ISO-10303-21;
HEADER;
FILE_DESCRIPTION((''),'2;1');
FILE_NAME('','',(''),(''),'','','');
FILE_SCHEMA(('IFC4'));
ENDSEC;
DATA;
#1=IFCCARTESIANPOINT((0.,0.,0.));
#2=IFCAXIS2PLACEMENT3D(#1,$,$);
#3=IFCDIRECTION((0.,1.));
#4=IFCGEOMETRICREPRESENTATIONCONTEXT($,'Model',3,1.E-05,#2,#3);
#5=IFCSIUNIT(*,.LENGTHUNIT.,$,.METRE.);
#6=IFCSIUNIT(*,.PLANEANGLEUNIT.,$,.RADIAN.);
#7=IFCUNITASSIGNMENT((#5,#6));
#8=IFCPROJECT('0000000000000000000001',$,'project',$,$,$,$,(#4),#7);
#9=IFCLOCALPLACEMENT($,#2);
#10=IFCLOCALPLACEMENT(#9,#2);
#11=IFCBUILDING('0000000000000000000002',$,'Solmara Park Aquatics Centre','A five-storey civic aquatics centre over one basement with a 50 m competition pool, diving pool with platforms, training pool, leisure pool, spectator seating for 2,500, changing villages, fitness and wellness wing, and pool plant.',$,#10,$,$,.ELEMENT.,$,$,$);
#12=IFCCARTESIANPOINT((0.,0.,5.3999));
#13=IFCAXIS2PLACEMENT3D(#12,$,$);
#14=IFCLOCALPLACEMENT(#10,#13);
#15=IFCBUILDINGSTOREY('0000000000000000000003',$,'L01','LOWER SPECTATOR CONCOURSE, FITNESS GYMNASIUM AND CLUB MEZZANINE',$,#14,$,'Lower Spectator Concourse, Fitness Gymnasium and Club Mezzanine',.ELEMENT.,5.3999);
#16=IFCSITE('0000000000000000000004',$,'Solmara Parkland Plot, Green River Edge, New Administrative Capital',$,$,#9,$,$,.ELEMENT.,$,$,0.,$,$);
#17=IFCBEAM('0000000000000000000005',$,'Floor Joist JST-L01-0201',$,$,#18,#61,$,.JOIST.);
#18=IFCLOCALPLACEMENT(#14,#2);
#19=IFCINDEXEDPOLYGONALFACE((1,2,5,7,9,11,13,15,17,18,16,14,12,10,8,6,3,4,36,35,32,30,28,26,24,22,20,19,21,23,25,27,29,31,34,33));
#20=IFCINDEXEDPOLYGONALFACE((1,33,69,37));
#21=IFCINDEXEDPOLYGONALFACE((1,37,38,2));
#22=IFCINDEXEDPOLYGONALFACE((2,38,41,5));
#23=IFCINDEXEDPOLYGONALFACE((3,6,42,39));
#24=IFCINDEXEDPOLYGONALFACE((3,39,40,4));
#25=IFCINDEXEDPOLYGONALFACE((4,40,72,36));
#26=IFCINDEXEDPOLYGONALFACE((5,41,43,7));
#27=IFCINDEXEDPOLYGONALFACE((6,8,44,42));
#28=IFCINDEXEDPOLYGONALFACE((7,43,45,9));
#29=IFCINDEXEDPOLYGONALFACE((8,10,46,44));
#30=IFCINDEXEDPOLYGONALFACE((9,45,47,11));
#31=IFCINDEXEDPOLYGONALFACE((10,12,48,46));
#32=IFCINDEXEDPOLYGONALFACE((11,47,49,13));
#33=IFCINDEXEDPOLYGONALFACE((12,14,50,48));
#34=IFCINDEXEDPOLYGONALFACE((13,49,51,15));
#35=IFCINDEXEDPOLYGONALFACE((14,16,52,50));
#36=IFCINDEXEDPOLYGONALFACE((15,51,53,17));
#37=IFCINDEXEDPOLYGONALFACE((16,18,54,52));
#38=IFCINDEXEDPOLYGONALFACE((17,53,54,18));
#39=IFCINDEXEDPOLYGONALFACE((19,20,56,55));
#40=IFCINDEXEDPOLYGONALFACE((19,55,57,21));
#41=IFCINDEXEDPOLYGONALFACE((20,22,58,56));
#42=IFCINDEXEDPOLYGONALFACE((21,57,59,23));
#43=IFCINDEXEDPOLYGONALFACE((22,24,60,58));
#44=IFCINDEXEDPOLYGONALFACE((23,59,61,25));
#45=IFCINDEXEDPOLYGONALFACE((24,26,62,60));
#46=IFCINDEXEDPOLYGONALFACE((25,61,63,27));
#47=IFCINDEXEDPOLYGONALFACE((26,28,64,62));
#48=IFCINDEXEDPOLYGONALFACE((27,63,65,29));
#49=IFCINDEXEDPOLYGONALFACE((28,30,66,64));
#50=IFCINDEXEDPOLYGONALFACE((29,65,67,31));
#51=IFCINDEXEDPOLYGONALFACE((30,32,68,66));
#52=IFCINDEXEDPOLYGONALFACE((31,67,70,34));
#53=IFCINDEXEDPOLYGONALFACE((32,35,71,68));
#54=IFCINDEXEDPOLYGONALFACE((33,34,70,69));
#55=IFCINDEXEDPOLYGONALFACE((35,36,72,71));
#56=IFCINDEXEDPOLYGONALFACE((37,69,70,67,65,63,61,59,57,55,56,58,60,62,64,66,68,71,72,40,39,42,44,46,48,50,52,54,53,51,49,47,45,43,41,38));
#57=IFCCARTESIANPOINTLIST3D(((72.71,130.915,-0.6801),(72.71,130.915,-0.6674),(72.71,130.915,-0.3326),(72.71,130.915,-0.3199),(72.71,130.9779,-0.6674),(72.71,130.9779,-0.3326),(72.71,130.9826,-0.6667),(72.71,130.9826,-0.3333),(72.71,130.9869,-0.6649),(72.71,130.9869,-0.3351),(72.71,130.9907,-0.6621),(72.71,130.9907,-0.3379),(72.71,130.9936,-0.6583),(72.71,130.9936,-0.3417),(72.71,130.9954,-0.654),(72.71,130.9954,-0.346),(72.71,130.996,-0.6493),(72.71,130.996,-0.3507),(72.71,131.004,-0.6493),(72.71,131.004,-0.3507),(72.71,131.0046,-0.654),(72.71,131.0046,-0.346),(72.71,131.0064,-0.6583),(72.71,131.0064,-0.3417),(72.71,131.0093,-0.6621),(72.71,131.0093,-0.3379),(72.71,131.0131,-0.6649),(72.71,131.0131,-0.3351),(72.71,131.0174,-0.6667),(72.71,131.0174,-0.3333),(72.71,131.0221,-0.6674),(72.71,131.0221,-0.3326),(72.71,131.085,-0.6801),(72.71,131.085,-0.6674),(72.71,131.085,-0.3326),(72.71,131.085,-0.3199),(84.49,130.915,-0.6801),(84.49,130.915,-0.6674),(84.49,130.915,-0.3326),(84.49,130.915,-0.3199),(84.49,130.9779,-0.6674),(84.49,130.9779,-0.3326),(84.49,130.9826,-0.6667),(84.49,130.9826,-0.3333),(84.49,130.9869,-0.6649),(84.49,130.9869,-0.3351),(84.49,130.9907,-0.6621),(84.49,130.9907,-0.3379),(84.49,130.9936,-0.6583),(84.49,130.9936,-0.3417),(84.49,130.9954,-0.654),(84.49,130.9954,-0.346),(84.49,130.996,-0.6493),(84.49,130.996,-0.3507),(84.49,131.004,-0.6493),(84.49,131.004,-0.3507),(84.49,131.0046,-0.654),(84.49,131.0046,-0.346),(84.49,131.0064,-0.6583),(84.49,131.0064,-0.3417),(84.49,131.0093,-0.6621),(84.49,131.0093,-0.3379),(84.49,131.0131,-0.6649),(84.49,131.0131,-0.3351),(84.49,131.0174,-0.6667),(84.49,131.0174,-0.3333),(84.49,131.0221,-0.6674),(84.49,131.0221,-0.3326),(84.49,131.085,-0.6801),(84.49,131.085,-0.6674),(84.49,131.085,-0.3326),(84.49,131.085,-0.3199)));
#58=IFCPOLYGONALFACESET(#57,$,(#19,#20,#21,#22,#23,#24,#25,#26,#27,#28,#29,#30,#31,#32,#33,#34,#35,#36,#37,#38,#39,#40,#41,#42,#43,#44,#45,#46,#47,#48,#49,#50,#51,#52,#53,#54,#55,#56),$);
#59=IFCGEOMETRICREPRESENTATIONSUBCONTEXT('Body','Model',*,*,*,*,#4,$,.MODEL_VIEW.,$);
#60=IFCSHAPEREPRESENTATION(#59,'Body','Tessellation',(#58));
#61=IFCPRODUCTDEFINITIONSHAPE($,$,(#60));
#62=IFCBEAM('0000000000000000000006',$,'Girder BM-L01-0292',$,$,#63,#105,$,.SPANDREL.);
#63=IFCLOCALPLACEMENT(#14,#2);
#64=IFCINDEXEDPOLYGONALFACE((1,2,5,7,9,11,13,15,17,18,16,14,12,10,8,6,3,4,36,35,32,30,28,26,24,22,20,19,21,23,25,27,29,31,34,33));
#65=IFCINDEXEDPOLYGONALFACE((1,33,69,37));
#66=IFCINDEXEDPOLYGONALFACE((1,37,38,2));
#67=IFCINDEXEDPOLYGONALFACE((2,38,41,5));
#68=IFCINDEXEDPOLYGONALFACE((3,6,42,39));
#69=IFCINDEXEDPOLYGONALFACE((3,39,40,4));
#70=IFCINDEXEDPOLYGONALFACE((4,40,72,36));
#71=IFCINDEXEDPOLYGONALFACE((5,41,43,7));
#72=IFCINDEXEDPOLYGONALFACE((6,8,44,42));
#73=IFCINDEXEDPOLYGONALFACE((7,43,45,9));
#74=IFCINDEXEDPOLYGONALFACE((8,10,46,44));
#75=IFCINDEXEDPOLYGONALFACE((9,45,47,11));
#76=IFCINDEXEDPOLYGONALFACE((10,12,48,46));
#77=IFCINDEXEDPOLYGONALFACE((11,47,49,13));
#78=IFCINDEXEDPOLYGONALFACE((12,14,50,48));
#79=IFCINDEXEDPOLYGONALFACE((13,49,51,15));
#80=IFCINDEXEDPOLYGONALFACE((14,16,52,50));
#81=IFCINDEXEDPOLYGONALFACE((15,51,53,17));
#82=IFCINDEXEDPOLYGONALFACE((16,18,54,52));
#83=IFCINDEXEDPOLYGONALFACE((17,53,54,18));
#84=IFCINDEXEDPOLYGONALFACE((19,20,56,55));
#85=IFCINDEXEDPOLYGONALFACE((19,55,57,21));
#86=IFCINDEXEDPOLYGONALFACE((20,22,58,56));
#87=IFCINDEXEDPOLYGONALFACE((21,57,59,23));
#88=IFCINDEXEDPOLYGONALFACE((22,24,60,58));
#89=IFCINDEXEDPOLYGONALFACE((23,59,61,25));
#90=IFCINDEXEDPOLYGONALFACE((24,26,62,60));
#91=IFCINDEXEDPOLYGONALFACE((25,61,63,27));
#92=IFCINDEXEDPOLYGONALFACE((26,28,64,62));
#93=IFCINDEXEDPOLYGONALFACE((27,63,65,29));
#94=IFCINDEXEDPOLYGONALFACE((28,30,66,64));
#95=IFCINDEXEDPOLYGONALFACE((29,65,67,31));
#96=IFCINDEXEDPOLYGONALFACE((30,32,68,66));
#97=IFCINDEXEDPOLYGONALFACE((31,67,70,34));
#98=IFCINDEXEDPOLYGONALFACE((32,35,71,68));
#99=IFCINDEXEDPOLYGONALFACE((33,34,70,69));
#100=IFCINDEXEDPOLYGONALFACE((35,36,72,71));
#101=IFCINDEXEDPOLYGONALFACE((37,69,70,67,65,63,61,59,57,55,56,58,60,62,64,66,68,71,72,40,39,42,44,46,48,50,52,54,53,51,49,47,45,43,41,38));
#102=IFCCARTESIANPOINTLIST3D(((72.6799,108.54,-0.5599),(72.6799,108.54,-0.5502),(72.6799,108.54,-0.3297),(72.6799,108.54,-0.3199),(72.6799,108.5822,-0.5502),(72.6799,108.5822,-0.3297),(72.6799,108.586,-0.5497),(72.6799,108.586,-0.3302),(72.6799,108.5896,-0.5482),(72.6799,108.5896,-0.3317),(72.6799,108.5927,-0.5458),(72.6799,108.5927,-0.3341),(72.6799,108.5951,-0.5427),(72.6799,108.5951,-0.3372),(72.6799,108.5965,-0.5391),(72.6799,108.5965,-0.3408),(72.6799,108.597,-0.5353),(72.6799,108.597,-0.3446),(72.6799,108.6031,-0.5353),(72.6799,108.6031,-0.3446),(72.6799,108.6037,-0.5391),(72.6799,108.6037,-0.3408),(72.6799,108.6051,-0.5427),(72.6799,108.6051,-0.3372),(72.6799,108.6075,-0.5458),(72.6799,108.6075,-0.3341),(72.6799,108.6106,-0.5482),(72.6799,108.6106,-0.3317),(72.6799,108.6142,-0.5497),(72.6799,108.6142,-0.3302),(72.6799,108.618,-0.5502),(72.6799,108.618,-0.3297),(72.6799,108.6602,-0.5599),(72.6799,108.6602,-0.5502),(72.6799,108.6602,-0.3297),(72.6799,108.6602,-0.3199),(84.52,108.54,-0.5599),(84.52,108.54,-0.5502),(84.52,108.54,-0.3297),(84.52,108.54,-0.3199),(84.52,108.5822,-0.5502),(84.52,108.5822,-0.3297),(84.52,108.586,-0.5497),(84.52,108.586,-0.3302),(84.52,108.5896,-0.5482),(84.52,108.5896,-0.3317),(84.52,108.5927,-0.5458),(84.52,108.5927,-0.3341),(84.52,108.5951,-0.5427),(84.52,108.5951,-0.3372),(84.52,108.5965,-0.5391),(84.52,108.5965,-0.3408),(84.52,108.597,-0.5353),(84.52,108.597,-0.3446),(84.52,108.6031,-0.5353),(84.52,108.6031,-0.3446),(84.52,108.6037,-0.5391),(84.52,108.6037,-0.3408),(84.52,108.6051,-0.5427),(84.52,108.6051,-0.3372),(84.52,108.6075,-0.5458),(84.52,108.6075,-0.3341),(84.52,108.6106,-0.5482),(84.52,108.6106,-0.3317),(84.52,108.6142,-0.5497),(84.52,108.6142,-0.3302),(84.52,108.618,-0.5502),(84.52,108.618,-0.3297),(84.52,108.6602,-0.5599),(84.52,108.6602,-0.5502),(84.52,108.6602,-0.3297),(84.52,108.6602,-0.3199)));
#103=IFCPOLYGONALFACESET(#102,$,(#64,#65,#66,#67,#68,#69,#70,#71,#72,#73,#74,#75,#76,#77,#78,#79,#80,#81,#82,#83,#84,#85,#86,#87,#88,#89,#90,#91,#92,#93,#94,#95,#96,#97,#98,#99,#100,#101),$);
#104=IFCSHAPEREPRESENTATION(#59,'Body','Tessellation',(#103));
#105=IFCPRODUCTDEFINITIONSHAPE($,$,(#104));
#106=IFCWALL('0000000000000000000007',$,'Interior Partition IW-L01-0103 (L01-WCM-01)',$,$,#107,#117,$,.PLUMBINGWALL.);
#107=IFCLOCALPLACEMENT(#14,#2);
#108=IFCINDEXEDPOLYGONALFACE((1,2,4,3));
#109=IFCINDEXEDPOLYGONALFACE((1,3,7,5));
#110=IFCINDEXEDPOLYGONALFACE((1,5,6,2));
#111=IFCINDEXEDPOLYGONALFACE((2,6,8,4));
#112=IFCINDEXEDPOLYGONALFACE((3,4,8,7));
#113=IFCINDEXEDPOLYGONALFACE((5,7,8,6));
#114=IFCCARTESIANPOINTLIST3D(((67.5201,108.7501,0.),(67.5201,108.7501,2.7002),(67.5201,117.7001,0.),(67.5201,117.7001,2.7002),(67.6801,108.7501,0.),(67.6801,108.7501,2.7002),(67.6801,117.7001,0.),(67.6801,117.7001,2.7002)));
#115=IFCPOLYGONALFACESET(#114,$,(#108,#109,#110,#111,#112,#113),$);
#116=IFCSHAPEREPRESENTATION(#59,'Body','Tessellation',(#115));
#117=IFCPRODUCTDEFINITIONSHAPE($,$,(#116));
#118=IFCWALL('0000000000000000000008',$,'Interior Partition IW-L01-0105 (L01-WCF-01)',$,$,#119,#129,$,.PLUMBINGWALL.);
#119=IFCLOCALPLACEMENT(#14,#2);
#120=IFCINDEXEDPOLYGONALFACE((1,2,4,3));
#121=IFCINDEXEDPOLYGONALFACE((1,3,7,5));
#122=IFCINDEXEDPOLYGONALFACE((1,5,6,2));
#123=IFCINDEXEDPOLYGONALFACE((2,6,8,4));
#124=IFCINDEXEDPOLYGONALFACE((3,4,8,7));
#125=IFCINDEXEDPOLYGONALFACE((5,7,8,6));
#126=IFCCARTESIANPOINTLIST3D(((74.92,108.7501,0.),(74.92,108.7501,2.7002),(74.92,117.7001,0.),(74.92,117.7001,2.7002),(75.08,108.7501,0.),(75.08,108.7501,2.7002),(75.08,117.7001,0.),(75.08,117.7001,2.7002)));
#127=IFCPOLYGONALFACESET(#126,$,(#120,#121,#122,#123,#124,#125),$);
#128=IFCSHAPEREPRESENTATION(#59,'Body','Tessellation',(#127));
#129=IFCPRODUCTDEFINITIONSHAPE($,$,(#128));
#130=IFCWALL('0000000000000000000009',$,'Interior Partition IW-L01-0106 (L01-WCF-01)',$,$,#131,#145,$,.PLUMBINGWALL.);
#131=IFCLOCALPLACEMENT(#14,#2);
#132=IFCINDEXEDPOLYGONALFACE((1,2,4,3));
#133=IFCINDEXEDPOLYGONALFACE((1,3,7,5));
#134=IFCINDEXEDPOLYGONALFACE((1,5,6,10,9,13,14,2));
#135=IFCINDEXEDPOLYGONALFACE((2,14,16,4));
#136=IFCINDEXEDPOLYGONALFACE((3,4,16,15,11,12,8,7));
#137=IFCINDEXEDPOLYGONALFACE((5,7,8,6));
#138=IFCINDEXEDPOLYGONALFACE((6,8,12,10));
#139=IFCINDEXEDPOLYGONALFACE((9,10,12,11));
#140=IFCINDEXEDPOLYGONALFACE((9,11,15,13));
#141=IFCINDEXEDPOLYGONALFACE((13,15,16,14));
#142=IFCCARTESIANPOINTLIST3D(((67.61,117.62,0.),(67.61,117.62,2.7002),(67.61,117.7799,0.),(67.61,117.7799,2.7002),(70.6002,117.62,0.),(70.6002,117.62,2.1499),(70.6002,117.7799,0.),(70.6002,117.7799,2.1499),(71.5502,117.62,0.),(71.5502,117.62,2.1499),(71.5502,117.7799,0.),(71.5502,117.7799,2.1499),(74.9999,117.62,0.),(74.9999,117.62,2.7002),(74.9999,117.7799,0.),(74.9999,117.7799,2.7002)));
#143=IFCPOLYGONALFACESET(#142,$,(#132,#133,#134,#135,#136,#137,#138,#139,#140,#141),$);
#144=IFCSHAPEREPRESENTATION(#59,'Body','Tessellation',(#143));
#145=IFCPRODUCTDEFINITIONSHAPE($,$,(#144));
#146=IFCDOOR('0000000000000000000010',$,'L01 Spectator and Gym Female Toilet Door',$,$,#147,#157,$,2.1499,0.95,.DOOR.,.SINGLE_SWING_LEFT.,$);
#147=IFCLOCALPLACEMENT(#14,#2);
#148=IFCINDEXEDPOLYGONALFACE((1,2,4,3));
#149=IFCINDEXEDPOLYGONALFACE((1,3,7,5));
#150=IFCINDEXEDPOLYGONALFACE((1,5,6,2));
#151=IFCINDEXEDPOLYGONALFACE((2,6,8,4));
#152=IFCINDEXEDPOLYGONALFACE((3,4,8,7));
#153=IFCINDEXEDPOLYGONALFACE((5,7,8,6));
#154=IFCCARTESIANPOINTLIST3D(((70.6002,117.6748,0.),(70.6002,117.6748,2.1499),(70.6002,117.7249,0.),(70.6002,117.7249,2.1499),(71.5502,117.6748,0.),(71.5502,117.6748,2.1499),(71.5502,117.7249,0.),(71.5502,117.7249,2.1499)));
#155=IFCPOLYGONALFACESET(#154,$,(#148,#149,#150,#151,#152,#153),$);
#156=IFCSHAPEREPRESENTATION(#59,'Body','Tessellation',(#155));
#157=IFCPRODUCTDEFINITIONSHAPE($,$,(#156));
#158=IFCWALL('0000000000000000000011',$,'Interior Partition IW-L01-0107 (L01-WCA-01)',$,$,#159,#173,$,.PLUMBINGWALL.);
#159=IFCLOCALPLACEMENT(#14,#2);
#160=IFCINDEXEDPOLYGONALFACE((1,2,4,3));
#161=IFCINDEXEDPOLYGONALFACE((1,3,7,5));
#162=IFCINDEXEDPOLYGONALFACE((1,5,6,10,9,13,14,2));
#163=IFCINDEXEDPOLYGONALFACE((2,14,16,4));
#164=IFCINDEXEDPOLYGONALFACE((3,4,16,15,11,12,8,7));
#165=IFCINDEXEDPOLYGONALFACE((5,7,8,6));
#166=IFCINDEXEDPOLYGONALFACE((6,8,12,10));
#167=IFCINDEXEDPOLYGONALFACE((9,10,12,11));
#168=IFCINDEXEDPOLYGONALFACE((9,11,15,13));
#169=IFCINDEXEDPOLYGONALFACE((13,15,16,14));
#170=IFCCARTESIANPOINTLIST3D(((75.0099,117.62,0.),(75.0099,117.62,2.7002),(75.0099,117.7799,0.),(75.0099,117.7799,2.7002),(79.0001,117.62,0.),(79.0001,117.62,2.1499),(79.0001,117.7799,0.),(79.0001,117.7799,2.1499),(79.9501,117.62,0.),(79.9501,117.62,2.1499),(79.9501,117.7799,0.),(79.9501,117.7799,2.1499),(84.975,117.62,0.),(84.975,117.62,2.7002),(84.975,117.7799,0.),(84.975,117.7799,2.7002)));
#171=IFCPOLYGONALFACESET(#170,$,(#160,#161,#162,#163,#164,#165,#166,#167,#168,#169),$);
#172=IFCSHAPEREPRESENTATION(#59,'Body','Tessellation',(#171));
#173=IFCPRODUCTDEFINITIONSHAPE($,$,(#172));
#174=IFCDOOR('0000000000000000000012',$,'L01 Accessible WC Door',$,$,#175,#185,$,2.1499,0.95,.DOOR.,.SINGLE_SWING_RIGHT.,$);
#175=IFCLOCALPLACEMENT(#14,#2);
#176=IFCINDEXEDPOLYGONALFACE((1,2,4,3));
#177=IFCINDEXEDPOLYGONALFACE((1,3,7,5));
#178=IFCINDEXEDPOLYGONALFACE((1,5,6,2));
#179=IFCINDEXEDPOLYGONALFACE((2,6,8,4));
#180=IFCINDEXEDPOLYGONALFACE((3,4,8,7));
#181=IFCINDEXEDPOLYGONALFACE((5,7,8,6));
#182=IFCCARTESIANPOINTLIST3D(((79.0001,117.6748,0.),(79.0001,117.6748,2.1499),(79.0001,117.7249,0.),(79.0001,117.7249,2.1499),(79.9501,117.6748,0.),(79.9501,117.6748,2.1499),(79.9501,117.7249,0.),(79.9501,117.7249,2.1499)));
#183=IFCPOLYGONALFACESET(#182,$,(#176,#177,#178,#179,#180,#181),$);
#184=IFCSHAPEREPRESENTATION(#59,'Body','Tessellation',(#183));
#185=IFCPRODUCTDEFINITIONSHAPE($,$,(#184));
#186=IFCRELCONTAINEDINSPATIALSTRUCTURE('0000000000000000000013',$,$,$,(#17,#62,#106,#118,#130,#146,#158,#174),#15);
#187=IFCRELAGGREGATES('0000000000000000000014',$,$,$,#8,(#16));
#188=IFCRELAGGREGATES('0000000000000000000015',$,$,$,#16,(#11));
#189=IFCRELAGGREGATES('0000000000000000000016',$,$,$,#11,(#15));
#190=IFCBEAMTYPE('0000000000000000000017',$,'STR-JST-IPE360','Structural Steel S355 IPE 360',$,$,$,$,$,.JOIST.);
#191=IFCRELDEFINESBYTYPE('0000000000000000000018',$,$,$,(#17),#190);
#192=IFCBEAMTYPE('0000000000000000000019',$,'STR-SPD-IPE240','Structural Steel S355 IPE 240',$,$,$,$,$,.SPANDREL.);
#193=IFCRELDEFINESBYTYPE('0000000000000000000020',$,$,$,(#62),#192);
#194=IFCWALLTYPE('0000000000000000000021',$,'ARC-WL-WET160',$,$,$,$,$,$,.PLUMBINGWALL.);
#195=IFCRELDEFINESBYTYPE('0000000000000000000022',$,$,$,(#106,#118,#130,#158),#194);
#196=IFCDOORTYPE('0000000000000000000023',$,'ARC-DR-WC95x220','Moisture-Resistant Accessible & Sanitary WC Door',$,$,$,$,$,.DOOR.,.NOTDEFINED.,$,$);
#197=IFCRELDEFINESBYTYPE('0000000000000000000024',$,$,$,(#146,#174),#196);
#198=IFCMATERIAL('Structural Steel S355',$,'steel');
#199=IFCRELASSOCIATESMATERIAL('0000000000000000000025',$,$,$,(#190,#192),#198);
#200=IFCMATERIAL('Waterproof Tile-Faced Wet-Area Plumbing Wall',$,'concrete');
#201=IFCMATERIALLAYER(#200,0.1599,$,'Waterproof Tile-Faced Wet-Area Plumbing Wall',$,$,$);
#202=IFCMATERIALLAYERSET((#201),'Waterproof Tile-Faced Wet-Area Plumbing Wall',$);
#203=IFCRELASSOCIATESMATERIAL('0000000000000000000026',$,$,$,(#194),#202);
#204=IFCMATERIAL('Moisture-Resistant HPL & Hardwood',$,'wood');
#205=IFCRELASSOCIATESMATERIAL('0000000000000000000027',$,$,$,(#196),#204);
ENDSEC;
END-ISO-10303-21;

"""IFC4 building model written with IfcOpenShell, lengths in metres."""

from ifc_helpers import new_model, si_unit, direction, frame, frame_2d, origin, origin_2d, place, context, subcontext, project, spatial, rectangle, i_section, extrude, material, layer, layer_set, material_profile, profile_set, type_object, element, fill, save


model = new_model("IFC4")

# Units and contexts
model_context = context("Model", 3, precision=1e-05, world=origin(), true_north=direction((0.0, 1.0)))
body_context = subcontext(model_context, "Body", "Model", "MODEL_VIEW")
ifc_project = project(units=[si_unit("LENGTHUNIT", "METRE"), si_unit("PLANEANGLEUNIT", "RADIAN")], contexts=[model_context])

# Site, building, storey
site_placement = place(None, origin())
site = spatial("IfcSite", under=ifc_project, at=site_placement, Name="Solmara Parkland Plot, Green River Edge, New Administrative Capital", CompositionType="ELEMENT", RefElevation=0.0)
building_placement = place(site_placement, origin())
building = spatial("IfcBuilding", under=site, at=building_placement, Name="Solmara Park Aquatics Centre", Description="A five-storey civic aquatics centre over one basement with a 50 m competition pool, diving pool with platforms, training pool, leisure pool, spectator seating for 2,500, changing villages, fitness and wellness wing, and pool plant.", CompositionType="ELEMENT")
storey_placement = place(building_placement, frame((0.0, 0.0, 5.3999)))
storey = spatial("IfcBuildingStorey", under=building, at=storey_placement, Name="L01", Description="LOWER SPECTATOR CONCOURSE, FITNESS GYMNASIUM AND CLUB MEZZANINE", LongName="Lower Spectator Concourse, Fitness Gymnasium and Club Mezzanine", CompositionType="ELEMENT", Elevation=5.3999)

# Shared definitions
ifc_material_1 = material(Name="Structural Steel S355", Category="steel")

# Beams
ifc_material_profile_1 = material_profile(ifc_material_1, i_section(OverallWidth=0.1699, OverallDepth=0.3601, WebThickness=0.0081, FlangeThickness=0.0127, FilletRadius=0.0181, at=origin_2d()), Name="IPE 360")
ifc_profile_set_1 = profile_set([ifc_material_profile_1], Name="Structural Steel S355")
beam_type_1 = type_object("IfcBeamType", Name="STR-JST-IPE360", Description="Structural Steel S355 IPE 360", PredefinedType="JOIST", material=ifc_profile_set_1)
for number, where, z_axis, x_axis, name in (
    (1, (72.71, 131.0, -0.5), (1.0, 0.0, 0.0), (0.0, 1.0, 0.0), "Floor Joist JST-L01-0201"),
):
    element("IfcBeam", number, at=place(storey_placement, frame(where, z_axis=z_axis, x_axis=x_axis)), inside=storey, type_object=beam_type_1, Name=name, PredefinedType="JOIST", context=body_context, shape_type="SweptSolid", body=[
        extrude(i_section(OverallWidth=0.1699, OverallDepth=0.3601, WebThickness=0.0081, FlangeThickness=0.0127, FilletRadius=0.0181, at=origin_2d()), origin(), (0.0, 0.0, 1.0), 11.78),
    ])
ifc_material_profile_2 = material_profile(ifc_material_1, i_section(OverallWidth=0.1201, OverallDepth=0.24, WebThickness=0.0061, FlangeThickness=0.0098, FilletRadius=0.0149, at=origin_2d()), Name="IPE 240")
ifc_profile_set_2 = profile_set([ifc_material_profile_2], Name="Structural Steel S355")
beam_type_2 = type_object("IfcBeamType", Name="STR-SPD-IPE240", Description="Structural Steel S355 IPE 240", PredefinedType="SPANDREL", material=ifc_profile_set_2)
beam_1_placement = place(storey_placement, frame((72.6799, 108.6001, -0.4399), z_axis=(1.0, 0.0, 0.0), x_axis=(0.0, 1.0, 0.0)))
element("IfcBeam", 2, at=beam_1_placement, inside=storey, type_object=beam_type_2, Name="Girder BM-L01-0292", PredefinedType="SPANDREL", context=body_context, shape_type="SweptSolid", body=[
    extrude(i_section(OverallWidth=0.1201, OverallDepth=0.24, WebThickness=0.0061, FlangeThickness=0.0098, FilletRadius=0.0149, at=origin_2d()), origin(), (0.0, 0.0, 1.0), 11.8401),
])

# Walls
ifc_material_2 = material(Name="Waterproof Tile-Faced Wet-Area Plumbing Wall", Category="concrete")
ifc_layer_1 = layer(ifc_material_2, 0.1599, Name="Waterproof Tile-Faced Wet-Area Plumbing Wall")
ifc_layer_set_1 = layer_set([ifc_layer_1], Name="Waterproof Tile-Faced Wet-Area Plumbing Wall")
wall_type = type_object("IfcWallType", Name="ARC-WL-WET160", PredefinedType="PLUMBINGWALL", material=ifc_layer_set_1)
for number, where, z_axis, x_axis, name in (
    (3, (67.6001, 108.75, 0.0), (0.0, 0.0, 1.0), (0.0, 1.0, 0.0), "Interior Partition IW-L01-0103 (L01-WCM-01)"),
    (4, (75.0, 108.75, 0.0), (0.0, 0.0, 1.0), (0.0, 1.0, 0.0), "Interior Partition IW-L01-0105 (L01-WCF-01)"),
):
    element("IfcWall", number, at=place(storey_placement, frame(where, z_axis=z_axis, x_axis=x_axis)), inside=storey, type_object=wall_type, Name=name, PredefinedType="PLUMBINGWALL", context=body_context, shape_type="SweptSolid", body=[
        extrude(rectangle(XDim=8.95, YDim=0.1599, at=frame_2d((4.4751, 0.0))), origin(), (0.0, 0.0, 1.0), 2.7002),
    ])

# Walls, openings, doors
wall_1_placement = place(storey_placement, frame((67.6101, 117.7, 0.0), z_axis=(0.0, 0.0, 1.0), x_axis=(1.0, 0.0, 0.0)))
wall_1 = element("IfcWall", 5, at=wall_1_placement, inside=storey, type_object=wall_type, Name="Interior Partition IW-L01-0106 (L01-WCF-01)", PredefinedType="PLUMBINGWALL", context=body_context, shape_type="SweptSolid", body=[
    extrude(rectangle(XDim=7.3899, YDim=0.1599, at=frame_2d((3.6948, 0.0))), origin(), (0.0, 0.0, 1.0), 2.7002),
])
opening_1_placement = place(wall_1_placement, frame((2.99, 0.0, 0.0)))
opening_1 = element("IfcOpeningElement", 6, at=opening_1_placement, cuts=wall_1, PredefinedType="OPENING", context=body_context, shape_type="SweptSolid", body=[
    extrude(rectangle(XDim=0.95, YDim=2.1499, at=frame_2d((0.4751, 1.075))), frame((0.0, 0.0898, 0.0), z_axis=(0.0, -1.0, 0.0), x_axis=(1.0, 0.0, 0.0)), (0.0, 0.0, 1.0), 0.1799),
])
ifc_material_3 = material(Name="Moisture-Resistant HPL & Hardwood", Category="wood")
door_type = type_object("IfcDoorType", Name="ARC-DR-WC95x220", Description="Moisture-Resistant Accessible & Sanitary WC Door", OperationType="NOTDEFINED", PredefinedType="DOOR", material=ifc_material_3)
door_1_placement = place(opening_1_placement, origin())
door_1 = element("IfcDoor", 7, at=door_1_placement, inside=storey, type_object=door_type, Name="L01 Spectator and Gym Female Toilet Door", OperationType="SINGLE_SWING_LEFT", OverallHeight=2.1499, OverallWidth=0.95, PredefinedType="DOOR", context=body_context, shape_type="SweptSolid", body=[
    extrude(rectangle(XDim=0.95, YDim=2.1499, at=frame_2d((0.4751, 1.075))), frame((0.0, 0.0249, 0.0), z_axis=(0.0, -1.0, 0.0), x_axis=(1.0, 0.0, 0.0)), (0.0, 0.0, 1.0), 0.05),
])
fill(opening_1, door_1)
wall_2_placement = place(storey_placement, frame((75.01, 117.7, 0.0), z_axis=(0.0, 0.0, 1.0), x_axis=(1.0, 0.0, 0.0)))
wall_2 = element("IfcWall", 8, at=wall_2_placement, inside=storey, type_object=wall_type, Name="Interior Partition IW-L01-0107 (L01-WCA-01)", PredefinedType="PLUMBINGWALL", context=body_context, shape_type="SweptSolid", body=[
    extrude(rectangle(XDim=9.9651, YDim=0.1599, at=frame_2d((4.9824, 0.0))), origin(), (0.0, 0.0, 1.0), 2.7002),
])
opening_2_placement = place(wall_2_placement, frame((3.99, 0.0, 0.0)))
opening_2 = element("IfcOpeningElement", 9, at=opening_2_placement, cuts=wall_2, PredefinedType="OPENING", context=body_context, shape_type="SweptSolid", body=[
    extrude(rectangle(XDim=0.95, YDim=2.1499, at=frame_2d((0.4751, 1.075))), frame((0.0, 0.0898, 0.0), z_axis=(0.0, -1.0, 0.0), x_axis=(1.0, 0.0, 0.0)), (0.0, 0.0, 1.0), 0.1799),
])
door_2_placement = place(opening_2_placement, origin())
door_2 = element("IfcDoor", 10, at=door_2_placement, inside=storey, type_object=door_type, Name="L01 Accessible WC Door", OperationType="SINGLE_SWING_RIGHT", OverallHeight=2.1499, OverallWidth=0.95, PredefinedType="DOOR", context=body_context, shape_type="SweptSolid", body=[
    extrude(rectangle(XDim=0.95, YDim=2.1499, at=frame_2d((0.4751, 1.075))), frame((0.0, 0.0249, 0.0), z_axis=(0.0, -1.0, 0.0), x_axis=(1.0, 0.0, 0.0)), (0.0, 0.0, 1.0), 0.05),
])
fill(opening_2, door_2)

save(model, "model.ifc")
